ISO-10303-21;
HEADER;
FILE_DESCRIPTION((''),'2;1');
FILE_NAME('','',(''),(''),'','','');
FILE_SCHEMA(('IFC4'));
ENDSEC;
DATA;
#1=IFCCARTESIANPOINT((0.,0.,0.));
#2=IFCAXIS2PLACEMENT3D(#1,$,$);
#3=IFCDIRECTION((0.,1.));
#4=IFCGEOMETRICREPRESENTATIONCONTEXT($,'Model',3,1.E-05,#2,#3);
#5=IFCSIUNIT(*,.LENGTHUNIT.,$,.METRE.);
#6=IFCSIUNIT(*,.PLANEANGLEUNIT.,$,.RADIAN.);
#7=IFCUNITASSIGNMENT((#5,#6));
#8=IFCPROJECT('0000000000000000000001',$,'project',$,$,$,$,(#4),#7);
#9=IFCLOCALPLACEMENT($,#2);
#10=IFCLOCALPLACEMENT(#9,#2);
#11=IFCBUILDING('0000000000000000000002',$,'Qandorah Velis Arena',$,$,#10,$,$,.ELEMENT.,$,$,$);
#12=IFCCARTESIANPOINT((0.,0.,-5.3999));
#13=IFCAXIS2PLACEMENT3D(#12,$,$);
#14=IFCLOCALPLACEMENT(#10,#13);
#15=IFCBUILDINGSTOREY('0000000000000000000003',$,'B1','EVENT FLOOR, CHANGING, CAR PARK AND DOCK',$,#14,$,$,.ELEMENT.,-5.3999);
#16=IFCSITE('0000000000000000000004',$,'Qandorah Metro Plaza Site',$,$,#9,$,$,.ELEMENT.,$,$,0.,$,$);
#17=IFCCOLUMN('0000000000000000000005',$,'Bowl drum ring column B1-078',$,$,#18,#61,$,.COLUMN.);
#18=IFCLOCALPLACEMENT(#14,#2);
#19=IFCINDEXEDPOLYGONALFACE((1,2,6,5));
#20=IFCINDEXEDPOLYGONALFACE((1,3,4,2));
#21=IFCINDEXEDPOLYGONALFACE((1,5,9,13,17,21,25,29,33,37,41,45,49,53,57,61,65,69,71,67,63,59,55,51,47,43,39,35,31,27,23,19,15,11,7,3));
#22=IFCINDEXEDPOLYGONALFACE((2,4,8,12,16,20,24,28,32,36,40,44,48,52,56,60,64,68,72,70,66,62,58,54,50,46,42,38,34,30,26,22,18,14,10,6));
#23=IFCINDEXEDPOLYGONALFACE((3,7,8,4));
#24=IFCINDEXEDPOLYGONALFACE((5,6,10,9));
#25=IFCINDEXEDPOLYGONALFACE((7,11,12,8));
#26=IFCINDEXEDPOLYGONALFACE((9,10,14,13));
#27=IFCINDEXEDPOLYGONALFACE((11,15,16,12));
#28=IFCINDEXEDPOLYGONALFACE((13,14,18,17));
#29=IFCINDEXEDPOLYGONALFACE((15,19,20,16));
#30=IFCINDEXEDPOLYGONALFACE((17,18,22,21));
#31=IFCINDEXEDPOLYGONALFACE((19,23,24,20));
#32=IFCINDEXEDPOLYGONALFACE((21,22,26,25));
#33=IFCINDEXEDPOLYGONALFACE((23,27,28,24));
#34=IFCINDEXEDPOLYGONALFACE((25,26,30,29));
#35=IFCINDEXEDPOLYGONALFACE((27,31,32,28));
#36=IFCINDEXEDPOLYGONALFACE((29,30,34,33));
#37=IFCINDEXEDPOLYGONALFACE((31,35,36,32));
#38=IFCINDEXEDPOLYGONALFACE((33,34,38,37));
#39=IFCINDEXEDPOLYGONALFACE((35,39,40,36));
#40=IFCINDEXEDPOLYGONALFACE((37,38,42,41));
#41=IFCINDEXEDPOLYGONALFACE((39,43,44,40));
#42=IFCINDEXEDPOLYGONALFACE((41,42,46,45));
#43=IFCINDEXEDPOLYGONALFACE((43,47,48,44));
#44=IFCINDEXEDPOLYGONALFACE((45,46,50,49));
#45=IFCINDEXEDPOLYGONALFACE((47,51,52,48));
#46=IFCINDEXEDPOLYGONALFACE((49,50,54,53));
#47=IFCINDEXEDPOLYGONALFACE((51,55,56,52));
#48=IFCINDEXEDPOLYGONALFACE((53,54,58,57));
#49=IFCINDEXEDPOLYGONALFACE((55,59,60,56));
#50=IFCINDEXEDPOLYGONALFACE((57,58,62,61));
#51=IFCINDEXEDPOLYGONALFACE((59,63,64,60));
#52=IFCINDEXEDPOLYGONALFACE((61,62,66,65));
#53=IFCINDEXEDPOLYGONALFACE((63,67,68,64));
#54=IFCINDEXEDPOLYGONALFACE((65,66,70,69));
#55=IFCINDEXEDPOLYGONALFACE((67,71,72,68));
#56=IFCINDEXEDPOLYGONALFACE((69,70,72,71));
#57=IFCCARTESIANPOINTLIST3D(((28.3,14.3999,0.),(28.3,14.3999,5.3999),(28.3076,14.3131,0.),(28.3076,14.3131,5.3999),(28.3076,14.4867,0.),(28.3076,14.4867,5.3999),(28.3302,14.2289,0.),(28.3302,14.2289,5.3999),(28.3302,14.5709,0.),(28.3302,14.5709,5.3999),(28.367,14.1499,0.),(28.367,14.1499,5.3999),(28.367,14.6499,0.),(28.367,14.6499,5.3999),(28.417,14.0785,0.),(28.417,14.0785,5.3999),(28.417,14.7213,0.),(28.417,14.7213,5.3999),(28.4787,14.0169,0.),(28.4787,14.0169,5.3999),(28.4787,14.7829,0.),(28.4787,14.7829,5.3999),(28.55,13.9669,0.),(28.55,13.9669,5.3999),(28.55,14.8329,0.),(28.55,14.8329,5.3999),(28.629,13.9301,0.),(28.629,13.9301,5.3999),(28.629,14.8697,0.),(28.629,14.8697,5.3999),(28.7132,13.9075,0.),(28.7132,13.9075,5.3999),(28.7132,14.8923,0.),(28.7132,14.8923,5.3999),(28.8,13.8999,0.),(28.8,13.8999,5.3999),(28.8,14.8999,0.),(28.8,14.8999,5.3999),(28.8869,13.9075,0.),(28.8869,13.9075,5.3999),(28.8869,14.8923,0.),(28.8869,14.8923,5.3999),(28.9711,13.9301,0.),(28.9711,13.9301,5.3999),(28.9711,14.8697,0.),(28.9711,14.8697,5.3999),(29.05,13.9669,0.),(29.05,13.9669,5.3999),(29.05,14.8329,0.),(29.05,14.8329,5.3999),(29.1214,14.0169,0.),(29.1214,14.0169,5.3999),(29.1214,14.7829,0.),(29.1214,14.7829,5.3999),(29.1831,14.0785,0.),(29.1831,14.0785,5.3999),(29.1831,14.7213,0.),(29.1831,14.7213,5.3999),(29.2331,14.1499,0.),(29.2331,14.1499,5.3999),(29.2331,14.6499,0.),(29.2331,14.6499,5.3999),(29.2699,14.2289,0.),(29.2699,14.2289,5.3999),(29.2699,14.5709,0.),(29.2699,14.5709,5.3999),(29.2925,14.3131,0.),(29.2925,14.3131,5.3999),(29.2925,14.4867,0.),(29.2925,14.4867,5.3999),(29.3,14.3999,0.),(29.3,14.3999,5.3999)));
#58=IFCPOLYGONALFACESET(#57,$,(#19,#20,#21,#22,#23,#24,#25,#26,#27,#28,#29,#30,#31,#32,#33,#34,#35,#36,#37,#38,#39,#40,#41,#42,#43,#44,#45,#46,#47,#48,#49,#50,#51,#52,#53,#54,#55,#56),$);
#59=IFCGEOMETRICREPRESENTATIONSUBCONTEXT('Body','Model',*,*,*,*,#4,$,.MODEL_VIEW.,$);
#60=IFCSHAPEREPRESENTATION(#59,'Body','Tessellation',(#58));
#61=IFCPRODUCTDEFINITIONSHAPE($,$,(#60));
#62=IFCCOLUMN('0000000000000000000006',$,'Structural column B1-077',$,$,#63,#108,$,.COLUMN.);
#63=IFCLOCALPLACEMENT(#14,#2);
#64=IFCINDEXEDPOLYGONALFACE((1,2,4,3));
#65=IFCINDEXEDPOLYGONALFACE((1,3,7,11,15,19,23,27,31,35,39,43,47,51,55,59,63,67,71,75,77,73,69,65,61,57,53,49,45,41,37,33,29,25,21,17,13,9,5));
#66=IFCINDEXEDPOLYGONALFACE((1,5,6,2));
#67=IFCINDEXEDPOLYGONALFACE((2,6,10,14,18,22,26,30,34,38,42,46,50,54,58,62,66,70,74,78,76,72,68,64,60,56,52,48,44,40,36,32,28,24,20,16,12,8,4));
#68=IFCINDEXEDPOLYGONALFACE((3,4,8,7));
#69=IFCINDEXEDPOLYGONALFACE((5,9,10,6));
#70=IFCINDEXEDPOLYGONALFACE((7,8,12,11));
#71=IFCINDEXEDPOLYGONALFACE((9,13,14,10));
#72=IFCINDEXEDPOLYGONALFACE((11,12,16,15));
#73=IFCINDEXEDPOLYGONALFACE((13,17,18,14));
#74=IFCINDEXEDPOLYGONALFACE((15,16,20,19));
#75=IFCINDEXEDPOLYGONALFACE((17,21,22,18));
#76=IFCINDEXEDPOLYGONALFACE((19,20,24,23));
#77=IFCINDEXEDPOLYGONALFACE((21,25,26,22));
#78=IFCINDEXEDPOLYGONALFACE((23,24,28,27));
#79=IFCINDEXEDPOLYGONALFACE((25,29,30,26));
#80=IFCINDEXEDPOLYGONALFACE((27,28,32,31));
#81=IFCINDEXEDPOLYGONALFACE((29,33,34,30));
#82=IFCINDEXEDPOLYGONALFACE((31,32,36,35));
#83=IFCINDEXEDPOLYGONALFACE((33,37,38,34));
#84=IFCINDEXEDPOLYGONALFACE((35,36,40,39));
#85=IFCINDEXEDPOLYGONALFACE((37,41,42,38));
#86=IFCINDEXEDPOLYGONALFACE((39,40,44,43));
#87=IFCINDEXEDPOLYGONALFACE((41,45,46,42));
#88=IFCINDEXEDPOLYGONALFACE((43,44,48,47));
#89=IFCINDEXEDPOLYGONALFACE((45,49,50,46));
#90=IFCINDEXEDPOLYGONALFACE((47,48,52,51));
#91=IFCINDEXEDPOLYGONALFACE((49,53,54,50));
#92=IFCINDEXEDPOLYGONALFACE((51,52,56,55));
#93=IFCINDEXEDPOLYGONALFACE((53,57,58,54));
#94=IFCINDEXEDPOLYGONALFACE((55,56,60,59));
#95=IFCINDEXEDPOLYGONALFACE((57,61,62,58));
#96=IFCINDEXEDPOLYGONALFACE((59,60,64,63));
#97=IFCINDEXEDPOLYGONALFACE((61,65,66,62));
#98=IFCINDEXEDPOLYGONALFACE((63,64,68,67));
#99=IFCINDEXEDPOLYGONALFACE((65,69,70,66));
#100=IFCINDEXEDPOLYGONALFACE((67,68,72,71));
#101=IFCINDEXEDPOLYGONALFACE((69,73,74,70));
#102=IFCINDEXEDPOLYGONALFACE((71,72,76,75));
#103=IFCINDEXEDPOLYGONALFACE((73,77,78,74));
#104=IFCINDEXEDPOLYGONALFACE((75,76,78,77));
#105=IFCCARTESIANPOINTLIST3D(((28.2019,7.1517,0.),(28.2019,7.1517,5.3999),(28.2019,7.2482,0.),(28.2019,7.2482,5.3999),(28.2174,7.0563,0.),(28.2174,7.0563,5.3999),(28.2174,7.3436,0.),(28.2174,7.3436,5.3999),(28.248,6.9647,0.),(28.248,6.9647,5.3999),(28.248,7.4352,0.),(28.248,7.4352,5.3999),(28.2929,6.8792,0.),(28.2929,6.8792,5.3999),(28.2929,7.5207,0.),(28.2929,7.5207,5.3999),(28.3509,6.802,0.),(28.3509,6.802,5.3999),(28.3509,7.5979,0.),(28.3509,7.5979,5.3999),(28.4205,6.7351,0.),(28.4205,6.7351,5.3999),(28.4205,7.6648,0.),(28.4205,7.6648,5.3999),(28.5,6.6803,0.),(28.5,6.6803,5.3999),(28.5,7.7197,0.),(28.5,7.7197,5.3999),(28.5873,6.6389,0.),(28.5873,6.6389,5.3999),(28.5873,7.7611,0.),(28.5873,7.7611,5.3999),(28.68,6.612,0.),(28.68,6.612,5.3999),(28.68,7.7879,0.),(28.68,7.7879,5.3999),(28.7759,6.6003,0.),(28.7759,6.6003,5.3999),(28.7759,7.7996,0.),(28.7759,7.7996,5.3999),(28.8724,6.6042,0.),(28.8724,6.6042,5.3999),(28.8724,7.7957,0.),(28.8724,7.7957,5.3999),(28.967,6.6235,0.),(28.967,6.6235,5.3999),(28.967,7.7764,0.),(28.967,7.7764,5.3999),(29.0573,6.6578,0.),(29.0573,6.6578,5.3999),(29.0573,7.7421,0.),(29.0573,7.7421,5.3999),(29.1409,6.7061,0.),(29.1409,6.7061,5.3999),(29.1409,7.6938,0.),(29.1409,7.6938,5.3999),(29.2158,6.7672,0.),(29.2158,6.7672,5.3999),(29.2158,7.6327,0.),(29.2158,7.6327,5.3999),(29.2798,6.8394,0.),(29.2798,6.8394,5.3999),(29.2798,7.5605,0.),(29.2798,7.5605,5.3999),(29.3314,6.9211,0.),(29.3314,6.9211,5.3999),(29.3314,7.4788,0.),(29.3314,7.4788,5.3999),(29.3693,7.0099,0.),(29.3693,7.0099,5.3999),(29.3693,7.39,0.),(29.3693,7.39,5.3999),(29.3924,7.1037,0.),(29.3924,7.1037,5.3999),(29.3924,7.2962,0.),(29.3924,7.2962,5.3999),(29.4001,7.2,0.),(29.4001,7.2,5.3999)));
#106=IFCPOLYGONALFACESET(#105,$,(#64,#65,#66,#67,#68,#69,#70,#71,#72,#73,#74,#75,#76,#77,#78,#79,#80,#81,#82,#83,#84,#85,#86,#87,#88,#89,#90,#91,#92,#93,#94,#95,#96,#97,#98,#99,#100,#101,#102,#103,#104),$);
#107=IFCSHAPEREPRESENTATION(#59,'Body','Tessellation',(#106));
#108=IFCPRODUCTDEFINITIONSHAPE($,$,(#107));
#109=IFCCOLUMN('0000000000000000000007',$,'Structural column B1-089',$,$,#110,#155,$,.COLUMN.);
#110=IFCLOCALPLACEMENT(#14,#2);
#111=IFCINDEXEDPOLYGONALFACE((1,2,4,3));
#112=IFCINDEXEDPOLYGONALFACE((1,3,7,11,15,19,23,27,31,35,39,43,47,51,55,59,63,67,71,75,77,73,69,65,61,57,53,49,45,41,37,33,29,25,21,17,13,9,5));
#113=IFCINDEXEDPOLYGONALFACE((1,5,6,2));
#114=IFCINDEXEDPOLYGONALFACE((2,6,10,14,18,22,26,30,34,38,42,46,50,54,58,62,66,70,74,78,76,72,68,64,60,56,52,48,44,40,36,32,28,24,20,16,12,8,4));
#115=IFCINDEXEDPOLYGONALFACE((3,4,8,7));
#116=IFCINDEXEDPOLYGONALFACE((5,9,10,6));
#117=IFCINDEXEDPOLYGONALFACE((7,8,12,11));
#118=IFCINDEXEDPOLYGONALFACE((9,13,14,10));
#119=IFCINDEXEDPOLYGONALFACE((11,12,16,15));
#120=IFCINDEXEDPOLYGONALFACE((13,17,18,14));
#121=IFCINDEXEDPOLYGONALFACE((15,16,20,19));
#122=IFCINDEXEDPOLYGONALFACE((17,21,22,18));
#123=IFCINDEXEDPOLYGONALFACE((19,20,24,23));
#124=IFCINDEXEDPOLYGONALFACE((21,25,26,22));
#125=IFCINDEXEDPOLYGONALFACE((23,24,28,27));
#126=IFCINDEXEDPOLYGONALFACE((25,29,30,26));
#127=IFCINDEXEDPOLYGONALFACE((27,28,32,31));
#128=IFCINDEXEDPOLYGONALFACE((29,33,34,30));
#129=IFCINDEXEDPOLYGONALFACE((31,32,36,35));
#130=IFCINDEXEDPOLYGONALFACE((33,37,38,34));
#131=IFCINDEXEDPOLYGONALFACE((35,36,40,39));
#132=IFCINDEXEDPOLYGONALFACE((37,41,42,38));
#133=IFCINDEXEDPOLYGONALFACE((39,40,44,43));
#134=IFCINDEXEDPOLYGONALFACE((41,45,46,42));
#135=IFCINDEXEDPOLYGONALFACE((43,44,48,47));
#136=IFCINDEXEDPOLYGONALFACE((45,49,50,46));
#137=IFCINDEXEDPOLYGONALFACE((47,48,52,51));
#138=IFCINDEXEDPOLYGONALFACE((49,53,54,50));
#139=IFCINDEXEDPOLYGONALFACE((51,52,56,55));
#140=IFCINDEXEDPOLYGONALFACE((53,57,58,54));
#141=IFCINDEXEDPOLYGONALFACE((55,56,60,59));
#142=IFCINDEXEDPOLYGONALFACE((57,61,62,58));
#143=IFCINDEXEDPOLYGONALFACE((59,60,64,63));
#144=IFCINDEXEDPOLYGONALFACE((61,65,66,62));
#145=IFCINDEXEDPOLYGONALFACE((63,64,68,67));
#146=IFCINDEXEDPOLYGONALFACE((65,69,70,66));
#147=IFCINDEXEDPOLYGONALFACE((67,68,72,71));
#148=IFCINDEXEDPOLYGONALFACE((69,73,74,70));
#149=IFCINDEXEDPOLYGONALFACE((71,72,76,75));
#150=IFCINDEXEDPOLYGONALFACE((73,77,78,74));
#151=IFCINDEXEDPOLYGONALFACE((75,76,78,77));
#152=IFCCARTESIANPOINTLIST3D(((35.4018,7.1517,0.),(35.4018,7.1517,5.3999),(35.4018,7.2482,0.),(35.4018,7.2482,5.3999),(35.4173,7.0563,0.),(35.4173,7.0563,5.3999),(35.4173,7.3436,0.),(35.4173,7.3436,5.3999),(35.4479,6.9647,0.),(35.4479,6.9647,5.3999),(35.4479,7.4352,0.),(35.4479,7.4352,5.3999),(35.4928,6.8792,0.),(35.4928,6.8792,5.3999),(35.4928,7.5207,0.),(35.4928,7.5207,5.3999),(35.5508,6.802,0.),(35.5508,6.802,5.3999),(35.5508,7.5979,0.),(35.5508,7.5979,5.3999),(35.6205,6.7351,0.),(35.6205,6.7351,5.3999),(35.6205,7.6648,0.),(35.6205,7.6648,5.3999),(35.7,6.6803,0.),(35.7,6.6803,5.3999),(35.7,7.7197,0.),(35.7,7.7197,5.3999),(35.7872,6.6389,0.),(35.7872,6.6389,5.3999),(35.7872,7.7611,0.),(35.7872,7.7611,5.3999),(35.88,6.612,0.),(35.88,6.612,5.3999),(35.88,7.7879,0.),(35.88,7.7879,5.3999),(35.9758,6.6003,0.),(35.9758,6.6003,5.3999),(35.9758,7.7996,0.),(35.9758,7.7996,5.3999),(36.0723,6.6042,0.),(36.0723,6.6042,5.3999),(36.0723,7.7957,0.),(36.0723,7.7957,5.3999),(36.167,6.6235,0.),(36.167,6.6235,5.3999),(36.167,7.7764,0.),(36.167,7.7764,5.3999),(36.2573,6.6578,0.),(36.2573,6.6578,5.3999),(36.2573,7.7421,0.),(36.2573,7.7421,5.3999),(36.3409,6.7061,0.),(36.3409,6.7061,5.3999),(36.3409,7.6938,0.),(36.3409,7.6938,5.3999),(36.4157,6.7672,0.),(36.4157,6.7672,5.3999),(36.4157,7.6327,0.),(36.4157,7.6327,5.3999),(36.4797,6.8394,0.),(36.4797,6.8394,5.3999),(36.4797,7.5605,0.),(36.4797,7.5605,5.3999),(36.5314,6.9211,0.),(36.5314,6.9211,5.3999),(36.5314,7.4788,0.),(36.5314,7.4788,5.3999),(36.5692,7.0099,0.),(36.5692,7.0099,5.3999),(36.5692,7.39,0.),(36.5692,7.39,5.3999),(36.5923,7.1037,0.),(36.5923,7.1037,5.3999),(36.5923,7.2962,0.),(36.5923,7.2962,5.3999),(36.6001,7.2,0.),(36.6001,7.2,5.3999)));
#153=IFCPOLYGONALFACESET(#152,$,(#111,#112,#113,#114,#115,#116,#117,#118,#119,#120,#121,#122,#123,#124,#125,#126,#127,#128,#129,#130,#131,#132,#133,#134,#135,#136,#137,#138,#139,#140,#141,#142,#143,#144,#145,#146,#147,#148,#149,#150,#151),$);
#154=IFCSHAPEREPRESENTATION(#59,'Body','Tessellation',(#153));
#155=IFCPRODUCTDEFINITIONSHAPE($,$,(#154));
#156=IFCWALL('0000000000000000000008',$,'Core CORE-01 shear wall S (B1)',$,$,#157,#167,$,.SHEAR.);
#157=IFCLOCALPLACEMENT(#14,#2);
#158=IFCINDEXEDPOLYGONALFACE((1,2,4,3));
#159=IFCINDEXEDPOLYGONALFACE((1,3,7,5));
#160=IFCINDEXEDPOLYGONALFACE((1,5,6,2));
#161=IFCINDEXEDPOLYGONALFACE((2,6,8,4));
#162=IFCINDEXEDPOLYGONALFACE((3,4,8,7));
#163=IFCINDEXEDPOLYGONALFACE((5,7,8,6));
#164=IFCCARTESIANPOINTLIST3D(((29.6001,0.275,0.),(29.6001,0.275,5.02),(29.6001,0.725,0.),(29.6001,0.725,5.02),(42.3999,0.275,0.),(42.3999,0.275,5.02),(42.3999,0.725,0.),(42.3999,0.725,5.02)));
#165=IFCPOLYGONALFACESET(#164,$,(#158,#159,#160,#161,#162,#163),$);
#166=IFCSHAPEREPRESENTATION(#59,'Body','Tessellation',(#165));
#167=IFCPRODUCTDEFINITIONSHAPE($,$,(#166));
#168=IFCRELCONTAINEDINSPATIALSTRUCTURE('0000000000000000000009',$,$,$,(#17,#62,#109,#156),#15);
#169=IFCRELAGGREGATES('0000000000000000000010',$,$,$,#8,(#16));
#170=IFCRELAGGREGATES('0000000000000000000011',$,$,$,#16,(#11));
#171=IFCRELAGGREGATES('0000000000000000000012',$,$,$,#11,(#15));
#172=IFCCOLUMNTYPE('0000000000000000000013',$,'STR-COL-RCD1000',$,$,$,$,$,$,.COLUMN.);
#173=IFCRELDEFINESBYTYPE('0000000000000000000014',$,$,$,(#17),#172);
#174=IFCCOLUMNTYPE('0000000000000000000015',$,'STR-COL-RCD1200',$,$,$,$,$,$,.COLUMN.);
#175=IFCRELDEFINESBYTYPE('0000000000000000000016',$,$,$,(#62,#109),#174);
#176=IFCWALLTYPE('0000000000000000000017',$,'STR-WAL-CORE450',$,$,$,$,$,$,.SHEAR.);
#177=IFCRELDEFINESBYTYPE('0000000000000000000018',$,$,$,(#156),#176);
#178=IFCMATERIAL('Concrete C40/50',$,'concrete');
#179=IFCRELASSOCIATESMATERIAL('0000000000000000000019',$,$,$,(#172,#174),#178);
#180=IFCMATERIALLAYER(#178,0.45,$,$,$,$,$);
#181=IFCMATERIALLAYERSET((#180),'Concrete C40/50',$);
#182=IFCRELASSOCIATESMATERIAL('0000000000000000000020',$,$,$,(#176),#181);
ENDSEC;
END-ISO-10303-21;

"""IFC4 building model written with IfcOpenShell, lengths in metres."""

from ifc_helpers import new_model, si_unit, direction, frame, frame_2d, origin, origin_2d, place, context, subcontext, project, spatial, rectangle, circle, extrude, material, layer, layer_set, material_profile, profile_set, type_object, element, save


model = new_model("IFC4")

# Units and contexts
model_context = context("Model", 3, precision=1e-05, world=origin(), true_north=direction((0.0, 1.0)))
body_context = subcontext(model_context, "Body", "Model", "MODEL_VIEW")
ifc_project = project(units=[si_unit("LENGTHUNIT", "METRE"), si_unit("PLANEANGLEUNIT", "RADIAN")], contexts=[model_context])

# Site, building, storey
site_placement = place(None, origin())
site = spatial("IfcSite", under=ifc_project, at=site_placement, Name="Qandorah Metro Plaza Site", CompositionType="ELEMENT", RefElevation=0.0)
building_placement = place(site_placement, origin())
building = spatial("IfcBuilding", under=site, at=building_placement, Name="Qandorah Velis Arena", CompositionType="ELEMENT")
storey_placement = place(building_placement, frame((0.0, 0.0, -5.3999)))
storey = spatial("IfcBuildingStorey", under=building, at=storey_placement, Name="B1", Description="EVENT FLOOR, CHANGING, CAR PARK AND DOCK", CompositionType="ELEMENT", Elevation=-5.3999)

# Shared definitions
ifc_material_1 = material(Name="Concrete C40/50", Category="concrete")

# Columns
ifc_material_profile_1 = material_profile(ifc_material_1, circle(Radius=0.5, at=origin_2d()), Name="RC D1000")
ifc_profile_set_1 = profile_set([ifc_material_profile_1], Name="Concrete C40/50")
column_type_1 = type_object("IfcColumnType", Name="STR-COL-RCD1000", PredefinedType="COLUMN", material=ifc_profile_set_1)
column_placement = place(storey_placement, frame((28.8, 14.3999, 0.0), z_axis=(0.0, 0.0, 1.0), x_axis=(1.0, 0.0, 0.0)))
element("IfcColumn", 1, at=column_placement, inside=storey, type_object=column_type_1, Name="Bowl drum ring column B1-078", PredefinedType="COLUMN", context=body_context, shape_type="SweptSolid", body=[
    extrude(circle(Radius=0.5, at=origin_2d()), origin(), (0.0, 0.0, 1.0), 5.3999),
])
ifc_material_profile_2 = material_profile(ifc_material_1, circle(Radius=0.6001, at=origin_2d()), Name="RC D1200")
ifc_profile_set_2 = profile_set([ifc_material_profile_2], Name="Concrete C40/50")
column_type_2 = type_object("IfcColumnType", Name="STR-COL-RCD1200", PredefinedType="COLUMN", material=ifc_profile_set_2)
for number, where, z_axis, x_axis, name in (
    (2, (28.8, 7.2, 0.0), (0.0, 0.0, 1.0), (1.0, 0.0, 0.0), "Structural column B1-077"),
    (3, (36.0, 7.2, 0.0), (0.0, 0.0, 1.0), (1.0, 0.0, 0.0), "Structural column B1-089"),
):
    element("IfcColumn", number, at=place(storey_placement, frame(where, z_axis=z_axis, x_axis=x_axis)), inside=storey, type_object=column_type_2, Name=name, PredefinedType="COLUMN", context=body_context, shape_type="SweptSolid", body=[
        extrude(circle(Radius=0.6001, at=origin_2d()), origin(), (0.0, 0.0, 1.0), 5.3999),
    ])

# Wall
ifc_layer_1 = layer(ifc_material_1, 0.45)
ifc_layer_set_1 = layer_set([ifc_layer_1], Name="Concrete C40/50")
wall_type_1 = type_object("IfcWallType", Name="STR-WAL-CORE450", PredefinedType="SHEAR", material=ifc_layer_set_1)
wall_1_placement = place(storey_placement, frame((29.6001, 0.5, 0.0), z_axis=(0.0, 0.0, 1.0), x_axis=(1.0, 0.0, 0.0)))
element("IfcWall", 4, at=wall_1_placement, inside=storey, type_object=wall_type_1, Name="Core CORE-01 shear wall S (B1)", PredefinedType="SHEAR", context=body_context, shape_type="SweptSolid", body=[
    extrude(rectangle(XDim=12.7998, YDim=0.45, at=frame_2d((6.3999, 0.0))), origin(), (0.0, 0.0, 1.0), 5.02),
])

save(model, "model.ifc")
